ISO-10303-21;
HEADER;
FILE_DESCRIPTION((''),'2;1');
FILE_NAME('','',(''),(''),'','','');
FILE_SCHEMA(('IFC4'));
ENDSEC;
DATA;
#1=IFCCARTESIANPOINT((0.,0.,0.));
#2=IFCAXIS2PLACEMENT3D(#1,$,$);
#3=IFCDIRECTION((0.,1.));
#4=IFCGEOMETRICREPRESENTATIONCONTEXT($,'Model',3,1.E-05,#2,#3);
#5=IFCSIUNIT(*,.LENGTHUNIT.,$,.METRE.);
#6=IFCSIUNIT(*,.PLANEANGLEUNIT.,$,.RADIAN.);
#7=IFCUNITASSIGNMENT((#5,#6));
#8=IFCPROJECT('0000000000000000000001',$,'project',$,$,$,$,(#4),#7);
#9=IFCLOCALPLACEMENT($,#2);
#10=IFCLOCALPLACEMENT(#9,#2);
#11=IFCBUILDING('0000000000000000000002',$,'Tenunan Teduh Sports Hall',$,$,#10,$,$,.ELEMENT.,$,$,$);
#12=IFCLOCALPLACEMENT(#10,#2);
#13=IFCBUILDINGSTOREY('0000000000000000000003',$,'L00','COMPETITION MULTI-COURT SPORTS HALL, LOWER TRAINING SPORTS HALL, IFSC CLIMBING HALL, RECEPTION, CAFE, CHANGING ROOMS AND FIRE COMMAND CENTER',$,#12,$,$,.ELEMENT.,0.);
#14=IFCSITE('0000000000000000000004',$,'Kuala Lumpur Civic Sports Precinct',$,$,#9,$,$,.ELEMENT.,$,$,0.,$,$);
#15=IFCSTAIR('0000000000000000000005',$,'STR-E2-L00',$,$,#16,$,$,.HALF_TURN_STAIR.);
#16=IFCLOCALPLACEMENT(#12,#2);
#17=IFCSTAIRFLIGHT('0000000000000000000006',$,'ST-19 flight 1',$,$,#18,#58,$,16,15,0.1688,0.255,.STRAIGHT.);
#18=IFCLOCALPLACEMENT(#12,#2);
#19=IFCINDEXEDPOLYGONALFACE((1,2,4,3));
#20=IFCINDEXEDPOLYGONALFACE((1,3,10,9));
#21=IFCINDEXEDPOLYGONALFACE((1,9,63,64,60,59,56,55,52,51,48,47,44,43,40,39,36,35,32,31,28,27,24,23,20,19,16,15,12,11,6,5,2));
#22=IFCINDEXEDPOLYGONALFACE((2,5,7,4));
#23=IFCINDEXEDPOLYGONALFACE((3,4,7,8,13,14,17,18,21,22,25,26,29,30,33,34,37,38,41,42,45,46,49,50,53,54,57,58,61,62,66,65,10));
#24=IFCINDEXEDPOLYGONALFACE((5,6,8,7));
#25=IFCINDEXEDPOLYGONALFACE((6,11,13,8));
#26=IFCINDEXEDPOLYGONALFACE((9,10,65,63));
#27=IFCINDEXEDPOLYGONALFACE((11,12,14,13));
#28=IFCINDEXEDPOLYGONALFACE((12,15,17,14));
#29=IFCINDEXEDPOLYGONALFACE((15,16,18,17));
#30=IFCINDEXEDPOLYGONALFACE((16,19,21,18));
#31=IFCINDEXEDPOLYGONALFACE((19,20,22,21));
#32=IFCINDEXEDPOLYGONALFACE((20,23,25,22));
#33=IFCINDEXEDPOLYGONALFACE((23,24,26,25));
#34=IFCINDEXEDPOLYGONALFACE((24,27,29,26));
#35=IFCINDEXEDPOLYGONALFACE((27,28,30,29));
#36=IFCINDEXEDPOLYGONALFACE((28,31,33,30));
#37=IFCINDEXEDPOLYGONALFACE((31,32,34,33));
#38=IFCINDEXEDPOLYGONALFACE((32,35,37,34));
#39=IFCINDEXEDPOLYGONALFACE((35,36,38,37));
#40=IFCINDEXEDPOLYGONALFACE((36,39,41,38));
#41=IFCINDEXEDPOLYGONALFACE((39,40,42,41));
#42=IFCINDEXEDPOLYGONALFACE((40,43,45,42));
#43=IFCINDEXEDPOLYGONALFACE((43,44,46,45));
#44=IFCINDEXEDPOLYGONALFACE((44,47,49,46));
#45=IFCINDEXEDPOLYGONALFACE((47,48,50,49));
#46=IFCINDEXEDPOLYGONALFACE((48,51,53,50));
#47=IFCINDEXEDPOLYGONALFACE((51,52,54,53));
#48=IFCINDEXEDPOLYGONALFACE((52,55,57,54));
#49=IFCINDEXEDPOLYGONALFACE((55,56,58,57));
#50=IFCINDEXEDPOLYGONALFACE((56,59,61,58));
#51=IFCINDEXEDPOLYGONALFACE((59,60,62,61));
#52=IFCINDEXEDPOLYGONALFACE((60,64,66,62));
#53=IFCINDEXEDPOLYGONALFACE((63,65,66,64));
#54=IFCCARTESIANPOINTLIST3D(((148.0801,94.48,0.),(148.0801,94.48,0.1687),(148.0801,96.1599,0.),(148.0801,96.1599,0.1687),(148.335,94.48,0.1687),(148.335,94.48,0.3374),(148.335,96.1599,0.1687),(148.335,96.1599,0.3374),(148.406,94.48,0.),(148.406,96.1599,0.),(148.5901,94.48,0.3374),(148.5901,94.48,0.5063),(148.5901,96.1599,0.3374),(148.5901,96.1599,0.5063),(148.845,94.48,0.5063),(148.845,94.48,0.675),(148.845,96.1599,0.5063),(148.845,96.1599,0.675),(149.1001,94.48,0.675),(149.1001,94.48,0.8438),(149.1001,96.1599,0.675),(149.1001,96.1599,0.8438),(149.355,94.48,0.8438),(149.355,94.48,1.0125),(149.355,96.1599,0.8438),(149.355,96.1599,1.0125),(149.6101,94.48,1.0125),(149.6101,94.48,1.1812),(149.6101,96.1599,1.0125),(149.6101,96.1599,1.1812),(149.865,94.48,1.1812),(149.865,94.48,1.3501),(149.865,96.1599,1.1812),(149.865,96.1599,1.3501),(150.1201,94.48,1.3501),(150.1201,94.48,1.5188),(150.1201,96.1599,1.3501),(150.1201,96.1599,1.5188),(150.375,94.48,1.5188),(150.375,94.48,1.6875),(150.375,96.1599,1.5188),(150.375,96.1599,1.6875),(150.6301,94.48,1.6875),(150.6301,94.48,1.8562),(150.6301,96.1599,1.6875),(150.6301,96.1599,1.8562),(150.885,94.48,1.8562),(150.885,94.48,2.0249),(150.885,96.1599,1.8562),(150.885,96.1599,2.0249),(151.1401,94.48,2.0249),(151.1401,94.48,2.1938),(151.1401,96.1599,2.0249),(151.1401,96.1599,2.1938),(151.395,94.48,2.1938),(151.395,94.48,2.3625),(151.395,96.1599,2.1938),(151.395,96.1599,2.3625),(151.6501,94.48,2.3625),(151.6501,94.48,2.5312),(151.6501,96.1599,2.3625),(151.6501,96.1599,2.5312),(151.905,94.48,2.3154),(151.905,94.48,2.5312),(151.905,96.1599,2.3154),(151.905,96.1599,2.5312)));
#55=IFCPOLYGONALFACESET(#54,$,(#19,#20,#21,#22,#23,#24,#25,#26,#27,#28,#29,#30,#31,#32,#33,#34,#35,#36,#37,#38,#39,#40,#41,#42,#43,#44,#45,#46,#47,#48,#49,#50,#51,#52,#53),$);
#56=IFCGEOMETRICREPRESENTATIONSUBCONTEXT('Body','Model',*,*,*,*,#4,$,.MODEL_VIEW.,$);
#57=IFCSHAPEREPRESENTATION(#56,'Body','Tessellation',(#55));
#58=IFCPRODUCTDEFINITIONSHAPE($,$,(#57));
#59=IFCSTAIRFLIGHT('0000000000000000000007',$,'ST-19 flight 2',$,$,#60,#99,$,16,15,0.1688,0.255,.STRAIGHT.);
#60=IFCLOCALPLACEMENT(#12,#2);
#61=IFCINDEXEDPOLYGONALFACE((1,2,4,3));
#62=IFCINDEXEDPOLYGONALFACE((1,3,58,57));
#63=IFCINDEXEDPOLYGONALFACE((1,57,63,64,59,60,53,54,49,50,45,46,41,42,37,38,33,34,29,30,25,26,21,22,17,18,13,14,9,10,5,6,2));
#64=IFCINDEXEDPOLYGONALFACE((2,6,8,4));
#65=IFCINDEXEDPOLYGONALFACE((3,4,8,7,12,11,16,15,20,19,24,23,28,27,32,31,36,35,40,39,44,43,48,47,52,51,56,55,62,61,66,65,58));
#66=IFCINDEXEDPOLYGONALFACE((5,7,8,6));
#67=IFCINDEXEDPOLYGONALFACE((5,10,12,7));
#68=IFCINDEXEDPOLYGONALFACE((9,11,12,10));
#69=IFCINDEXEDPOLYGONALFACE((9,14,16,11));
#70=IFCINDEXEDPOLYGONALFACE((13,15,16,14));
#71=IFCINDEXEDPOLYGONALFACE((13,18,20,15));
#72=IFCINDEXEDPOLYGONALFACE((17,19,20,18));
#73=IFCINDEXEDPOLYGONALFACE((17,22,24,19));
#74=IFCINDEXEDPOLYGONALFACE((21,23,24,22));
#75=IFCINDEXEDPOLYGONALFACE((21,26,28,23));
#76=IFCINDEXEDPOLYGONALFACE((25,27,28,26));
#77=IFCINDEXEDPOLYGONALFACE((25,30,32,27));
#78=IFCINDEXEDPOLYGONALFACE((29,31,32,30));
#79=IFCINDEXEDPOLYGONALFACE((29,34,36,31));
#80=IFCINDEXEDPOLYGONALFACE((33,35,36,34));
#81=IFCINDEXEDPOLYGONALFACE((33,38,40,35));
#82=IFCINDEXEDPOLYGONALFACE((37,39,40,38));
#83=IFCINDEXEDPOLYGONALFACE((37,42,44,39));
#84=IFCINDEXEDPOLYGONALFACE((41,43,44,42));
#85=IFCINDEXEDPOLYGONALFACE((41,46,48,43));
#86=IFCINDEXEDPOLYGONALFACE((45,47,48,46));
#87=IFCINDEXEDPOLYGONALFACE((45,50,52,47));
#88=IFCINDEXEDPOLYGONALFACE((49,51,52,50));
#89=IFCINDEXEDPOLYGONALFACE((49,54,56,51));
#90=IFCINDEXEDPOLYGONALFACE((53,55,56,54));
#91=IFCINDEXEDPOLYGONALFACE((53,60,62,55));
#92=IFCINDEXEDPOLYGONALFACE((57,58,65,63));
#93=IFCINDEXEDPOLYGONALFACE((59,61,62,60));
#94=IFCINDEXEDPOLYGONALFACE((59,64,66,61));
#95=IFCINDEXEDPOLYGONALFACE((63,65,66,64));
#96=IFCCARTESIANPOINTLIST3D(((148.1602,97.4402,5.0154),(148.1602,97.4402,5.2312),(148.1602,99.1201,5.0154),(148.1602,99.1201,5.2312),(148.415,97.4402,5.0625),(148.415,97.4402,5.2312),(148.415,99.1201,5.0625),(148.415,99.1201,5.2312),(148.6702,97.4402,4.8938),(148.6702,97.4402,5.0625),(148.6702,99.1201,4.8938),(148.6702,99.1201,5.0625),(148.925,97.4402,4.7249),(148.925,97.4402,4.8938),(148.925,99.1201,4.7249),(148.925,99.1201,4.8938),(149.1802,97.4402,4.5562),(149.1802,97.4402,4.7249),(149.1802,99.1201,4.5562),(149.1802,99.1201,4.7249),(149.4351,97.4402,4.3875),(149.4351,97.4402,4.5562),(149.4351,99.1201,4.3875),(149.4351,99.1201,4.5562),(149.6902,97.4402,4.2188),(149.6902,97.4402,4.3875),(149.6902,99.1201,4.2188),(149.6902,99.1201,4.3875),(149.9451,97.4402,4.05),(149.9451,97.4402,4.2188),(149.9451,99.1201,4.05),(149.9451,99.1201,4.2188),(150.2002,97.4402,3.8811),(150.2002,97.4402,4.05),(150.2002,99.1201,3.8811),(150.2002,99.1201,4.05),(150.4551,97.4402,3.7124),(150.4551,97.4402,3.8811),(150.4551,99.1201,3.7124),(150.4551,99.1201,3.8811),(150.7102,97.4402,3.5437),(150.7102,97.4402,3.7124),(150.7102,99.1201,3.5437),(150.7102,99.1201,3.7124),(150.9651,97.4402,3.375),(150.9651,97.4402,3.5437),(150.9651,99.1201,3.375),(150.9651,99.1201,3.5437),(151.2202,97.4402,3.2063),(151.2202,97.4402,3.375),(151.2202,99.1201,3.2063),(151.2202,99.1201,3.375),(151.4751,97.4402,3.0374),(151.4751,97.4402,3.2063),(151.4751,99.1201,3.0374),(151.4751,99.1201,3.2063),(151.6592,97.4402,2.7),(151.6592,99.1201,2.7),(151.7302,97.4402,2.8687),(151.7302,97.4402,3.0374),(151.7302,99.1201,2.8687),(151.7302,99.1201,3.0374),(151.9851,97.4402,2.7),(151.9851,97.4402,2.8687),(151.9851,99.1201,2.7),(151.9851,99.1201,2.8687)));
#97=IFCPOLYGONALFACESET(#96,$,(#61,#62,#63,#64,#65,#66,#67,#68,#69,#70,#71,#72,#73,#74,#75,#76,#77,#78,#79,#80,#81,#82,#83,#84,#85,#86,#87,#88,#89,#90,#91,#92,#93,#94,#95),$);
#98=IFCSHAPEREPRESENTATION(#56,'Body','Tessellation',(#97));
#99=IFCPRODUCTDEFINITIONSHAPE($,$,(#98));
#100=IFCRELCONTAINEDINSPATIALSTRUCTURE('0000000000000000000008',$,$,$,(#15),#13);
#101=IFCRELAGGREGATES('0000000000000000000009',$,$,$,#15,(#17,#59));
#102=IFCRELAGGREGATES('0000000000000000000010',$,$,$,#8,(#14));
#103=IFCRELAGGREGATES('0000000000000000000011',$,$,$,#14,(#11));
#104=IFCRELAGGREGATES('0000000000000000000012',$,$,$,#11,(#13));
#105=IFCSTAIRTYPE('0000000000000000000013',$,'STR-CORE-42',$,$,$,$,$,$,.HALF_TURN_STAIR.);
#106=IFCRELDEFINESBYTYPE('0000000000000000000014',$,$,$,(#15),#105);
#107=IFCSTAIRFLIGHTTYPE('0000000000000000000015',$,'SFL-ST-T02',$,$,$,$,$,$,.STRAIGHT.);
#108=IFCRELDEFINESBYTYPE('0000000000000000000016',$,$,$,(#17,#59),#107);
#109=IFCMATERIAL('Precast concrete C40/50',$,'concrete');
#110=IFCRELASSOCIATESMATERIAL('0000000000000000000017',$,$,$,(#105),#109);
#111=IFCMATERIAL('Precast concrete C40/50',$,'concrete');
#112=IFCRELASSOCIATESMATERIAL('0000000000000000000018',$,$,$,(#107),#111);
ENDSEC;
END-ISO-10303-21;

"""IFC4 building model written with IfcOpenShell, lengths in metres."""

from ifc_helpers import new_model, si_unit, direction, frame, origin, place, context, subcontext, project, spatial, polyline, outline, extrude, material, type_object, element, aggregate, save


model = new_model("IFC4")

# Units and contexts
model_context = context("Model", 3, precision=1e-05, world=origin(), true_north=direction((0.0, 1.0)))
body_context = subcontext(model_context, "Body", "Model", "MODEL_VIEW")
ifc_project = project(units=[si_unit("LENGTHUNIT", "METRE"), si_unit("PLANEANGLEUNIT", "RADIAN")], contexts=[model_context])

# Site, building, storey
site_placement = place(None, origin())
site = spatial("IfcSite", under=ifc_project, at=site_placement, Name="Kuala Lumpur Civic Sports Precinct", CompositionType="ELEMENT", RefElevation=0.0)
building_placement = place(site_placement, origin())
building = spatial("IfcBuilding", under=site, at=building_placement, Name="Tenunan Teduh Sports Hall", CompositionType="ELEMENT")
storey_placement = place(building_placement, origin())
storey = spatial("IfcBuildingStorey", under=building, at=storey_placement, Name="L00", Description="COMPETITION MULTI-COURT SPORTS HALL, LOWER TRAINING SPORTS HALL, IFSC CLIMBING HALL, RECEPTION, CAFE, CHANGING ROOMS AND FIRE COMMAND CENTER", CompositionType="ELEMENT", Elevation=0.0)

# Stair, stair flights
ifc_material_1 = material(Name="Precast concrete C40/50", Category="concrete")
stair_type = type_object("IfcStairType", Name="STR-CORE-42", PredefinedType="HALF_TURN_STAIR", material=ifc_material_1)
stair_placement = place(storey_placement, origin())
stair = element("IfcStair", 1, at=stair_placement, inside=storey, type_object=stair_type, Name="STR-E2-L00", PredefinedType="HALF_TURN_STAIR")
ifc_material_2 = material(Name="Precast concrete C40/50", Category="concrete")
stair_flight_type = type_object("IfcStairFlightType", Name="SFL-ST-T02", PredefinedType="STRAIGHT", material=ifc_material_2)
stair_flight_1_placement = place(storey_placement, frame((148.0801, 95.3201, 0.0), z_axis=(0.0, 0.0, 1.0), x_axis=(1.0, 0.0, 0.0)))
stair_flight_1 = element("IfcStairFlight", 2, at=stair_flight_1_placement, type_object=stair_flight_type, Name="ST-19 flight 1", NumberOfRisers=16, NumberOfTreads=15, PredefinedType="STRAIGHT", RiserHeight=0.1688, TreadLength=0.255, context=body_context, shape_type="SweptSolid", body=[
    extrude(outline(polyline([(0.0, 0.0), (0.0, 0.1687), (0.2549, 0.1687), (0.2549, 0.3374), (0.51, 0.3374), (0.51, 0.5063), (0.7649, 0.5063), (0.7649, 0.675), (1.02, 0.675), (1.02, 0.8438), (1.2749, 0.8438), (1.2749, 1.0125), (1.53, 1.0125), (1.53, 1.1812), (1.7849, 1.1812), (1.7849, 1.3501), (2.04, 1.3501), (2.04, 1.5188), (2.2949, 1.5188), (2.2949, 1.6875), (2.55, 1.6875), (2.55, 1.8562), (2.8049, 1.8562), (2.8049, 2.0249), (3.0601, 2.0249), (3.0601, 2.1938), (3.3149, 2.1938), (3.3149, 2.3625), (3.5701, 2.3625), (3.5701, 2.5312), (3.825, 2.5312), (3.825, 2.7), (3.825, 2.3154), (0.3259, 0.0), (0.0, 0.0)])), frame((0.0, 0.8398, 0.0), z_axis=(0.0, -1.0, 0.0), x_axis=(1.0, 0.0, 0.0)), (0.0, 0.0, 1.0), 1.6799),
])
stair_flight_2_placement = place(storey_placement, frame((151.9851, 98.28, 2.7), z_axis=(0.0, 0.0, 1.0), x_axis=(-1.0, 0.0, 0.0)))
stair_flight_2 = element("IfcStairFlight", 3, at=stair_flight_2_placement, type_object=stair_flight_type, Name="ST-19 flight 2", NumberOfRisers=16, NumberOfTreads=15, PredefinedType="STRAIGHT", RiserHeight=0.1688, TreadLength=0.255, context=body_context, shape_type="SweptSolid", body=[
    extrude(outline(polyline([(0.0, 0.0), (0.0, 0.1687), (0.2549, 0.1687), (0.2549, 0.3374), (0.51, 0.3374), (0.51, 0.5063), (0.7649, 0.5063), (0.7649, 0.675), (1.02, 0.675), (1.02, 0.8438), (1.2749, 0.8438), (1.2749, 1.0125), (1.53, 1.0125), (1.53, 1.1812), (1.7849, 1.1812), (1.7849, 1.3501), (2.04, 1.3501), (2.04, 1.5188), (2.2949, 1.5188), (2.2949, 1.6875), (2.55, 1.6875), (2.55, 1.8562), (2.8049, 1.8562), (2.8049, 2.0249), (3.0601, 2.0249), (3.0601, 2.1938), (3.3149, 2.1938), (3.3149, 2.3625), (3.5701, 2.3625), (3.5701, 2.5312), (3.825, 2.5312), (3.825, 2.7), (3.825, 2.3154), (0.3259, 0.0), (0.0, 0.0)])), frame((0.0, 0.8398, 0.0), z_axis=(0.0, -1.0, 0.0), x_axis=(1.0, 0.0, 0.0)), (0.0, 0.0, 1.0), 1.6799),
])

aggregate(stair, [stair_flight_1, stair_flight_2])

save(model, "model.ifc")
